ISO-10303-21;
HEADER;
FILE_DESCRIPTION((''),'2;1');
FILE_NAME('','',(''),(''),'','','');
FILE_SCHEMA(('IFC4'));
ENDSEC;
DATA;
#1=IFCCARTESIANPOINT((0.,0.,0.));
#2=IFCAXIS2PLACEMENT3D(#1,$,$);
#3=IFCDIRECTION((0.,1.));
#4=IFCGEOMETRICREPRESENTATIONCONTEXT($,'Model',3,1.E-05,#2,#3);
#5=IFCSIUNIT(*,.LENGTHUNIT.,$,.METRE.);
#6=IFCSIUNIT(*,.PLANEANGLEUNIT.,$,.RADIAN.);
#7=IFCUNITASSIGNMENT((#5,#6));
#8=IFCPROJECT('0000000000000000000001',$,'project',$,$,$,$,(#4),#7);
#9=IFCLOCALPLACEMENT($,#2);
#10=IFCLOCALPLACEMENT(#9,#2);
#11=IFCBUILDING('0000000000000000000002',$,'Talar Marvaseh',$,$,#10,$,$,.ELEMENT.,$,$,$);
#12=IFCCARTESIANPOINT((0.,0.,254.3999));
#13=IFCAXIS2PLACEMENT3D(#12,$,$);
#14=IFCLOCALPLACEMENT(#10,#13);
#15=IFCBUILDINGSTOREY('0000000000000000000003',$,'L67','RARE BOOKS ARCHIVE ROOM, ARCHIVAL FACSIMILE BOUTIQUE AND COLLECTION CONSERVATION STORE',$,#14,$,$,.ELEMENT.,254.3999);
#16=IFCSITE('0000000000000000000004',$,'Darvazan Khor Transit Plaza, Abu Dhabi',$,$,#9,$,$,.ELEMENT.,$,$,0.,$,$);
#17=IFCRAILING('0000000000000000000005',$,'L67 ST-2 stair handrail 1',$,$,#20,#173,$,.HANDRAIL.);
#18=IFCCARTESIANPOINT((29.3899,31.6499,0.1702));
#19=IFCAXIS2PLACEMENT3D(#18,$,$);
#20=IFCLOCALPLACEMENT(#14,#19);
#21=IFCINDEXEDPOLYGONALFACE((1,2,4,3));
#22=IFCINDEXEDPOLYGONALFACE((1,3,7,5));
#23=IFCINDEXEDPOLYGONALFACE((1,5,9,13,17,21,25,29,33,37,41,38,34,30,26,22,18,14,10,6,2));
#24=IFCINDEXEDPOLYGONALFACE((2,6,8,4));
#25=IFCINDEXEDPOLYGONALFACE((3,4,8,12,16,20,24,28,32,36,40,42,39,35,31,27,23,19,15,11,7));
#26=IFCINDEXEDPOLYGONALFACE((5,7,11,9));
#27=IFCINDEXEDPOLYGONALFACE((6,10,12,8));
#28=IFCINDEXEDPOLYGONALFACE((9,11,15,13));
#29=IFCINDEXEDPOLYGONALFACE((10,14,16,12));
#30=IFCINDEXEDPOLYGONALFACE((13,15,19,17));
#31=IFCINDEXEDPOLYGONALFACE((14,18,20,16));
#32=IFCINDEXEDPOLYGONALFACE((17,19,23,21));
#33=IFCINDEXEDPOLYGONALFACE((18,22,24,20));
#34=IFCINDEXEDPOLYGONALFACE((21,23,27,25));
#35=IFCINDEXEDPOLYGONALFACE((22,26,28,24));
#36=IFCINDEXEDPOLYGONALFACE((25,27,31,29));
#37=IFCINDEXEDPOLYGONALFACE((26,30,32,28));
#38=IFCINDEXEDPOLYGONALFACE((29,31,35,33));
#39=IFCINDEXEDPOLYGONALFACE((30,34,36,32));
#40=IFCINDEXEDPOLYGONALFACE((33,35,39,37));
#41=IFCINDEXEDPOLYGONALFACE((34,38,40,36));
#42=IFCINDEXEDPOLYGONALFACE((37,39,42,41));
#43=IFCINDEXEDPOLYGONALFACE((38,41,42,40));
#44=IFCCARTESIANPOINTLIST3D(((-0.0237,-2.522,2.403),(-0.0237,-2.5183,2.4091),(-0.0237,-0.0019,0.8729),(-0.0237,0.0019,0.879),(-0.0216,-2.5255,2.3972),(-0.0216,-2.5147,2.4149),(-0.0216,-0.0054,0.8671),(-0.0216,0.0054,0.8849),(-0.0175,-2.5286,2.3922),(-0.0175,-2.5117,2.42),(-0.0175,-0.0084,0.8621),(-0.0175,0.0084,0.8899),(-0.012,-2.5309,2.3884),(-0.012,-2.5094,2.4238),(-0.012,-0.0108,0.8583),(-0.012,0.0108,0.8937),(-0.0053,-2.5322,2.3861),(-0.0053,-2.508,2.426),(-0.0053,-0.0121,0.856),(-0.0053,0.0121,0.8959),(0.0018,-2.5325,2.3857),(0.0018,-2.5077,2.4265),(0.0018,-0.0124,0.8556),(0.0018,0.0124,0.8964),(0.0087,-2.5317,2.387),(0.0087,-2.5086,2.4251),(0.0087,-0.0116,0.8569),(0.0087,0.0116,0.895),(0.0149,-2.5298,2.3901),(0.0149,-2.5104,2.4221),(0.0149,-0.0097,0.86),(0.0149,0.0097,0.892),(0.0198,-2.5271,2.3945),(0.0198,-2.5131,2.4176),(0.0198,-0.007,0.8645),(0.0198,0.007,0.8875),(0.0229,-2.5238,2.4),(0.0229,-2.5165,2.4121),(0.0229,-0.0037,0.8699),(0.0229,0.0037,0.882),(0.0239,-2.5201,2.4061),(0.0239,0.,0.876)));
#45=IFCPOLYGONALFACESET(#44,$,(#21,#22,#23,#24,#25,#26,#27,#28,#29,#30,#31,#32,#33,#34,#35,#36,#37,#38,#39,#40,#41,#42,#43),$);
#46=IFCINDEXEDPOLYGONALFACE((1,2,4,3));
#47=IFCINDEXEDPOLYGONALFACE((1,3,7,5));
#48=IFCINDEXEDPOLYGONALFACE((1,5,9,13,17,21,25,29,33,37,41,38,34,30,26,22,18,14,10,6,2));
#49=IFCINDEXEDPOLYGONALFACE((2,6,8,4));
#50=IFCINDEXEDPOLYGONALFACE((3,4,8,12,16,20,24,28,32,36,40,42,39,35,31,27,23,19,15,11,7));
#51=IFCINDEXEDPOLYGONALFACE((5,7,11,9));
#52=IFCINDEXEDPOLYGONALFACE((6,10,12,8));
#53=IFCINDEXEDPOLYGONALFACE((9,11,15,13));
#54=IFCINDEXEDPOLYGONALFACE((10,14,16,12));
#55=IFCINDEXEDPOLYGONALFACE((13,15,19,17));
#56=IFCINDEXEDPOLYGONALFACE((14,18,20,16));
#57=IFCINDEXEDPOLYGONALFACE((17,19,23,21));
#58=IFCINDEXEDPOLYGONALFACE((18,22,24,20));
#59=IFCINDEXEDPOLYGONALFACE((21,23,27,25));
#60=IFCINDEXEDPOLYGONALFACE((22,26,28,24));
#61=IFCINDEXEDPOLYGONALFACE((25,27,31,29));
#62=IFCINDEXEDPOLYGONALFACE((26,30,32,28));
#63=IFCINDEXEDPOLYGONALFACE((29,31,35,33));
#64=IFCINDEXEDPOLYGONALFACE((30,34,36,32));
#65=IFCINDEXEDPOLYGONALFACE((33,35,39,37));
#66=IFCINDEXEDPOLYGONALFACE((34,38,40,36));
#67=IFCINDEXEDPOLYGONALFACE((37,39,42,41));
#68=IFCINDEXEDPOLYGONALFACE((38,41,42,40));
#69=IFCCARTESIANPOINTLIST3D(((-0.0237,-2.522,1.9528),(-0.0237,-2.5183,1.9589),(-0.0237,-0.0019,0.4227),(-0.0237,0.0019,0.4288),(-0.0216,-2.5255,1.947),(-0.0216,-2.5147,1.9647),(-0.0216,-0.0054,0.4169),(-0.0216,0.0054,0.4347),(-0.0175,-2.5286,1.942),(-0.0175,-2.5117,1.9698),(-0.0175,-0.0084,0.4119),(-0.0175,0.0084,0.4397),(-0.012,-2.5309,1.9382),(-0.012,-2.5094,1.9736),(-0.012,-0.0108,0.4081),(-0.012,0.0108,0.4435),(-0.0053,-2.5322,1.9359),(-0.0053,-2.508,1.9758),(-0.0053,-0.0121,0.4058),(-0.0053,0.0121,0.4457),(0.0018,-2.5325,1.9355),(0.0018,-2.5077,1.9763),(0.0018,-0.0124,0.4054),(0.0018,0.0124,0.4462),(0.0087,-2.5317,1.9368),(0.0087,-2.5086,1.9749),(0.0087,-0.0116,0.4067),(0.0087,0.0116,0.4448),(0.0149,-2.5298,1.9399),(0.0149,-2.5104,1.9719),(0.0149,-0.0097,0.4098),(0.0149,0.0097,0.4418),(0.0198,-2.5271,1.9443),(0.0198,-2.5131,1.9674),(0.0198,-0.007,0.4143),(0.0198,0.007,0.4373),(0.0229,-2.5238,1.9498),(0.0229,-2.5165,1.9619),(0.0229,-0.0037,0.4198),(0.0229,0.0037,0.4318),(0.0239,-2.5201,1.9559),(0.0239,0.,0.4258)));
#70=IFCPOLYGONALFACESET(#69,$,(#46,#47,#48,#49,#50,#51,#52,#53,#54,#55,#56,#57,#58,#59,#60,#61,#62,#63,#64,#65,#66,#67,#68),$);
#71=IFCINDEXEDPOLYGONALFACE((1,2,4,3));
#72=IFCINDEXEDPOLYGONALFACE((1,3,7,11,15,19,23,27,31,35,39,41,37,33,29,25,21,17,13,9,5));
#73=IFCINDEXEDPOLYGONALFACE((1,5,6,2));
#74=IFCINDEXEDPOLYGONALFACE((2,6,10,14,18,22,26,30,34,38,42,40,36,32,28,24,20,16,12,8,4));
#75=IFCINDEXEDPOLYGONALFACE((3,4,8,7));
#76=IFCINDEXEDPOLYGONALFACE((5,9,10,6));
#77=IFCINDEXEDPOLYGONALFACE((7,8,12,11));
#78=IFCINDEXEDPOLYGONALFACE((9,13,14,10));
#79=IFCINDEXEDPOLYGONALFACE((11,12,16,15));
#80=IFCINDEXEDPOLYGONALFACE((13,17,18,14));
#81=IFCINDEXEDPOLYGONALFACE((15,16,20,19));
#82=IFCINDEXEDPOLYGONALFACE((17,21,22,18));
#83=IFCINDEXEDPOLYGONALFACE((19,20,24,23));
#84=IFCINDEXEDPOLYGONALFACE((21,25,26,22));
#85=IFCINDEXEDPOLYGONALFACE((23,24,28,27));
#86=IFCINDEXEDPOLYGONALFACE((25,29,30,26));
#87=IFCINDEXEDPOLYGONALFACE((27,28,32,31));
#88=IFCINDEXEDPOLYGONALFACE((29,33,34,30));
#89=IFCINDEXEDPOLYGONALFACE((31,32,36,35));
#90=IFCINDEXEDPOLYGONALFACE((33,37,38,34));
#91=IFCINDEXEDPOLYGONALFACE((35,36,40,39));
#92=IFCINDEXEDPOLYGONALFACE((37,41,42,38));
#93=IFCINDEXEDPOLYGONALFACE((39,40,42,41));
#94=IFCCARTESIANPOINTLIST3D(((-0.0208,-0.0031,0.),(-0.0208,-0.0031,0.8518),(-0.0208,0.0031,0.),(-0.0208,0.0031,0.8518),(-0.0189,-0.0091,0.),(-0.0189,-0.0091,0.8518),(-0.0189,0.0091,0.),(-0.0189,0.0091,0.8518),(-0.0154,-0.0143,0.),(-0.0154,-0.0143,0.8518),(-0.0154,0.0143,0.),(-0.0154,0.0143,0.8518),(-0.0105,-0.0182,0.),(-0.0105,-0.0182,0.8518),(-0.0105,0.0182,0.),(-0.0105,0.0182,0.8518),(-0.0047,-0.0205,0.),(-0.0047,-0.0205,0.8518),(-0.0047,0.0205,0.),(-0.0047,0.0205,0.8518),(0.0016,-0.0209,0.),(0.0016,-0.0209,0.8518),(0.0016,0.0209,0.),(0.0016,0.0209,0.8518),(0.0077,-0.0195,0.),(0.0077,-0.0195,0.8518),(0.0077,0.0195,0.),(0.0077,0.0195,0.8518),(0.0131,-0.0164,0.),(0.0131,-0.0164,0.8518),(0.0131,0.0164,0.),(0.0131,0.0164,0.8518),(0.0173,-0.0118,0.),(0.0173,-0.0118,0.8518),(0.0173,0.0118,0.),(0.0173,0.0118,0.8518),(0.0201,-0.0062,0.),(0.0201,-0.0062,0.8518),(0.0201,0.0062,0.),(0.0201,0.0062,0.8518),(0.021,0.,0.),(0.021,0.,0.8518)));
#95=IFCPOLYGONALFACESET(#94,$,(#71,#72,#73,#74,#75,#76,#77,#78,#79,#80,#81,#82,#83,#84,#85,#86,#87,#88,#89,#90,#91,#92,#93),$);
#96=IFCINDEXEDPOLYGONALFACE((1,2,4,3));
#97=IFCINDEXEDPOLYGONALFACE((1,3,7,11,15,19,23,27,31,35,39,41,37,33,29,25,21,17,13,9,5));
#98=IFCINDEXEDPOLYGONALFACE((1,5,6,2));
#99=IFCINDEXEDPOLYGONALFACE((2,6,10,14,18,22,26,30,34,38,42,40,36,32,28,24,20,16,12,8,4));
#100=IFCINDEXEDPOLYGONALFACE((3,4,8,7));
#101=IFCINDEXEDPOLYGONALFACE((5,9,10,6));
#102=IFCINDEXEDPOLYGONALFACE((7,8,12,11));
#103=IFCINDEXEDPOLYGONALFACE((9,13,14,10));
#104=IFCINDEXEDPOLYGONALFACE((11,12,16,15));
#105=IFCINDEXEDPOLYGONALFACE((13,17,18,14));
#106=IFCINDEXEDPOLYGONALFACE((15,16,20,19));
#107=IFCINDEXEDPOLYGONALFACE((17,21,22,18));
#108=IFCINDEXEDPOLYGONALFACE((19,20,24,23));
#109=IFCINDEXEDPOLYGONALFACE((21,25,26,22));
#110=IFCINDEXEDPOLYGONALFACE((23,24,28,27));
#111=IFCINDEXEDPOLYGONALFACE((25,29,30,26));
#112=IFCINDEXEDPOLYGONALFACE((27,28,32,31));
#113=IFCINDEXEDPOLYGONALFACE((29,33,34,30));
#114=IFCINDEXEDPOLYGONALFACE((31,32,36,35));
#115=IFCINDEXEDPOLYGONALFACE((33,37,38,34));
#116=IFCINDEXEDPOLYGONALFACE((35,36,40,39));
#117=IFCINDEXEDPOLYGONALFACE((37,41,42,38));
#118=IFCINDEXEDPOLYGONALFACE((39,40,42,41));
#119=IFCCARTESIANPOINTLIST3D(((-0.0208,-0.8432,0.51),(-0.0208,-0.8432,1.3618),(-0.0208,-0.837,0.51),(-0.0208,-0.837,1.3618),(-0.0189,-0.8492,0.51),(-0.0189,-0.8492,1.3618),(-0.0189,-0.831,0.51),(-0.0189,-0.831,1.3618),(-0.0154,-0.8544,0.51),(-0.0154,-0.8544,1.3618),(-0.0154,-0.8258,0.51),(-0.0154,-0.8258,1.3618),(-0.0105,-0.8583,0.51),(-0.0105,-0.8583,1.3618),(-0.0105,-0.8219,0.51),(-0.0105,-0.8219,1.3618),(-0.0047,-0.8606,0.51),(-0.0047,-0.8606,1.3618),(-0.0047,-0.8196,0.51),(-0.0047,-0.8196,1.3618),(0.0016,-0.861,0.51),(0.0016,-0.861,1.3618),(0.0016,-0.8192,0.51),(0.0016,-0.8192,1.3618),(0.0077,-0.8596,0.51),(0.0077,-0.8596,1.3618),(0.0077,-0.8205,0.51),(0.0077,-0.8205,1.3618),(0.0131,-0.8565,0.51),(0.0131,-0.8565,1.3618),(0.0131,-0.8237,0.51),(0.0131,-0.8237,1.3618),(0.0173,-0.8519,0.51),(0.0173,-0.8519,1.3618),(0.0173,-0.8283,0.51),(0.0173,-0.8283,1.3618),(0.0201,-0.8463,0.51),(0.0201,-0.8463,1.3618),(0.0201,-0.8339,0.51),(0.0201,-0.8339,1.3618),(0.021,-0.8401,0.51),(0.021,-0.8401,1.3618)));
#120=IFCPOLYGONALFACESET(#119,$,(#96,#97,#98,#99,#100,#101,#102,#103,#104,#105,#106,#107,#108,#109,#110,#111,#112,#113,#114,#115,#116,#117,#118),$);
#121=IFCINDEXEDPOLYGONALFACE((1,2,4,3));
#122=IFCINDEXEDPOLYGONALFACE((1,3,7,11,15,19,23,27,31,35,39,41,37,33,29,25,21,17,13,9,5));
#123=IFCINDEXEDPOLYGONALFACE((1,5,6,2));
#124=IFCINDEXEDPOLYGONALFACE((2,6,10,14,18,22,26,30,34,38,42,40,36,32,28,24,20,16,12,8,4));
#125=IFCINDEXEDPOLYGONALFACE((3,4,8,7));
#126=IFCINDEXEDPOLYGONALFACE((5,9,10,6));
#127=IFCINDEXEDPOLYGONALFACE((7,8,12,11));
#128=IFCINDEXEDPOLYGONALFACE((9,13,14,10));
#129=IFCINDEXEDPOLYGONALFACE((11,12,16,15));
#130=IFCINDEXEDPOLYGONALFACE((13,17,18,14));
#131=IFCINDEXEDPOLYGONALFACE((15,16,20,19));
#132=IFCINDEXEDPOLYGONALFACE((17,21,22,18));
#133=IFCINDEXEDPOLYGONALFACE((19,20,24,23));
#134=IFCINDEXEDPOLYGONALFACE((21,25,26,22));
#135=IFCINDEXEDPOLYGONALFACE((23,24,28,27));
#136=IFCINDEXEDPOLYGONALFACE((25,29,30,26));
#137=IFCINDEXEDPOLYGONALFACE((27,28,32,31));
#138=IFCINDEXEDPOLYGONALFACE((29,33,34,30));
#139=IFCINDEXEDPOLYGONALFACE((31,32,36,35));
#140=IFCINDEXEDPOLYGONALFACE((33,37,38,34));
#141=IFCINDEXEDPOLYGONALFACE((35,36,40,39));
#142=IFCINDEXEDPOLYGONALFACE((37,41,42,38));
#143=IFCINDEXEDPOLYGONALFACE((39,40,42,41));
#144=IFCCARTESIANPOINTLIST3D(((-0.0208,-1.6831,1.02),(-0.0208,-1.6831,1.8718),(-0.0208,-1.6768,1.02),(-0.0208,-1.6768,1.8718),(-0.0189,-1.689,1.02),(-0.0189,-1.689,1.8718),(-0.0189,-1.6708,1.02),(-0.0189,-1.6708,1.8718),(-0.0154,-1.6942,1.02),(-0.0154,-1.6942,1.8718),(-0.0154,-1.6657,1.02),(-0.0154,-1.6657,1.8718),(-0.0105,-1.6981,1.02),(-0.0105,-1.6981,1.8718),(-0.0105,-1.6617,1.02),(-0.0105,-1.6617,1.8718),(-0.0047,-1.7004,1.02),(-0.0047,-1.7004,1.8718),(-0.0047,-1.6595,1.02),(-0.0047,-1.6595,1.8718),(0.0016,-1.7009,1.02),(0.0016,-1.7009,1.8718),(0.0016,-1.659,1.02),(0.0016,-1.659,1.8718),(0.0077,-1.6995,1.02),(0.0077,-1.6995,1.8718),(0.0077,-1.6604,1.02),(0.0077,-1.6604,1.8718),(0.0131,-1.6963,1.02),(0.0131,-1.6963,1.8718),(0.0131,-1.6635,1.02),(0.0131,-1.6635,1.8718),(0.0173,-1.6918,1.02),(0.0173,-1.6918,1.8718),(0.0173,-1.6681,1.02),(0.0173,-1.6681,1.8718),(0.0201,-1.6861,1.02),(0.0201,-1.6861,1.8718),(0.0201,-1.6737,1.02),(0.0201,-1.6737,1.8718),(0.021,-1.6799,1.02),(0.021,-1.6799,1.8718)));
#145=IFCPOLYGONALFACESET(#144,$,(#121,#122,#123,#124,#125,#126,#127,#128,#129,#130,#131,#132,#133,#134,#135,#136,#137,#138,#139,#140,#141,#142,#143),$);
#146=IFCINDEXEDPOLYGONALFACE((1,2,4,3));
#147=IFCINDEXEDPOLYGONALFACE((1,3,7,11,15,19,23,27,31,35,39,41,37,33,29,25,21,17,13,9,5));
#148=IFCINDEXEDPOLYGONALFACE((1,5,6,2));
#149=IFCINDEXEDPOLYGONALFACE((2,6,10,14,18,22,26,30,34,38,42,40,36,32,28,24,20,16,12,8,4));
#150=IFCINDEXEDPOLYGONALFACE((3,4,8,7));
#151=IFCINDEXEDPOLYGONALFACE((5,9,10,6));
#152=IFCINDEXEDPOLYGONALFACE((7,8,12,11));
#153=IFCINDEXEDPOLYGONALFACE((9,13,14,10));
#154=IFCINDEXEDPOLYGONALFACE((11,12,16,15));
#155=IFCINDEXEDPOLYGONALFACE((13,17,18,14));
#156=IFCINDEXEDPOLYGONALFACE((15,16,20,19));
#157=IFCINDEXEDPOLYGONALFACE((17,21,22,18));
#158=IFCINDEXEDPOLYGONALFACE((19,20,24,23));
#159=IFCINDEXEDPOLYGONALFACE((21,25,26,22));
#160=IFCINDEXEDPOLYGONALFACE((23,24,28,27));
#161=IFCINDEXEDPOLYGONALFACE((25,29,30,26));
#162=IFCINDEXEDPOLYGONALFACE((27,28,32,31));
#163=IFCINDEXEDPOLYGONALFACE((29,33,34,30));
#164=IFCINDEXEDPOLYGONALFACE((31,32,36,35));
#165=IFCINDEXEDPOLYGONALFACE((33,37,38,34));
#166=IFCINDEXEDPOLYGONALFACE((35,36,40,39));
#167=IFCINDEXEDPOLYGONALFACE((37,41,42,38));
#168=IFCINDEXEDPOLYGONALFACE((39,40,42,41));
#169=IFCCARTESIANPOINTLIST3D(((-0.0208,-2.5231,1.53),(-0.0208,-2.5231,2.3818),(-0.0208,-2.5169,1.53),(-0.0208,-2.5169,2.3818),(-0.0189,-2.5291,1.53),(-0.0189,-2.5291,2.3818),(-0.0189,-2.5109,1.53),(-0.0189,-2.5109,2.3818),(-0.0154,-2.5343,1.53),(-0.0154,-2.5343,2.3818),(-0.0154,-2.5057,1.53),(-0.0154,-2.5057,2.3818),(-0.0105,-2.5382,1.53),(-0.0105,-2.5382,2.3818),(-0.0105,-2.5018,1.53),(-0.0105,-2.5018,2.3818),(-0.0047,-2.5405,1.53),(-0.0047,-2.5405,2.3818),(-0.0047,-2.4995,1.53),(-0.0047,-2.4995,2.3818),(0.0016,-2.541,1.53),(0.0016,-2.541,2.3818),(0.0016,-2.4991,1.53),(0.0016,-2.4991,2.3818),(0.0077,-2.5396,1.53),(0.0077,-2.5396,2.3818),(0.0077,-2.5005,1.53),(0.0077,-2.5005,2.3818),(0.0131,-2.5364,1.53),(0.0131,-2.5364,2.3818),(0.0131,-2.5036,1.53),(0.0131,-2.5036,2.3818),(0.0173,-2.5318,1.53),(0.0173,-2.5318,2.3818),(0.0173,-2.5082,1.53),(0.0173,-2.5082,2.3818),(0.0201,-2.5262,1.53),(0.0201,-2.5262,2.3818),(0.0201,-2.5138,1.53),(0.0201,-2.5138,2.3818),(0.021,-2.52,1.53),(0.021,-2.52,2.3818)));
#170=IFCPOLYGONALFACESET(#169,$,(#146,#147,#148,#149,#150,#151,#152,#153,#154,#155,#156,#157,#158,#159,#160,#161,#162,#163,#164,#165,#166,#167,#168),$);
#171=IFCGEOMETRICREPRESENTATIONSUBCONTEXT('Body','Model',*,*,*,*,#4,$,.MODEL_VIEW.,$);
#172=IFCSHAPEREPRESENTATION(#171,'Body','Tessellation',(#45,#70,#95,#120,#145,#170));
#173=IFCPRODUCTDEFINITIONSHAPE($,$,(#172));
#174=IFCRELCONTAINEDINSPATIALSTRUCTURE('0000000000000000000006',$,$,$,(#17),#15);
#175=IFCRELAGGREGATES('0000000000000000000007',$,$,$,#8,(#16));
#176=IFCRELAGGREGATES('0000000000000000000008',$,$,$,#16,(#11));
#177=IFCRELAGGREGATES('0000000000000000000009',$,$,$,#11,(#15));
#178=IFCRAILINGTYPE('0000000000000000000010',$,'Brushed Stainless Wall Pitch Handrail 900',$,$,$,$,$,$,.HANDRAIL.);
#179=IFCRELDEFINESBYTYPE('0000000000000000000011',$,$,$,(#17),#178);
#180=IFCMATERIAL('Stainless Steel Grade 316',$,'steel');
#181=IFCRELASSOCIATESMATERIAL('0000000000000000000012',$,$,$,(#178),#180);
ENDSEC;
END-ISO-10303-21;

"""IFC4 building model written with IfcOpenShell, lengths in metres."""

from ifc_helpers import new_model, si_unit, direction, frame, origin, origin_2d, place, context, subcontext, project, spatial, circle, extrude, material, type_object, element, save


model = new_model("IFC4")

# Units and contexts
model_context = context("Model", 3, precision=1e-05, world=origin(), true_north=direction((0.0, 1.0)))
body_context = subcontext(model_context, "Body", "Model", "MODEL_VIEW")
ifc_project = project(units=[si_unit("LENGTHUNIT", "METRE"), si_unit("PLANEANGLEUNIT", "RADIAN")], contexts=[model_context])

# Site, building, storey
site_placement = place(None, origin())
site = spatial("IfcSite", under=ifc_project, at=site_placement, Name="Darvazan Khor Transit Plaza, Abu Dhabi", CompositionType="ELEMENT", RefElevation=0.0)
building_placement = place(site_placement, origin())
building = spatial("IfcBuilding", under=site, at=building_placement, Name="Talar Marvaseh", CompositionType="ELEMENT")
storey_placement = place(building_placement, frame((0.0, 0.0, 254.3999)))
storey = spatial("IfcBuildingStorey", under=building, at=storey_placement, Name="L67", Description="RARE BOOKS ARCHIVE ROOM, ARCHIVAL FACSIMILE BOUTIQUE AND COLLECTION CONSERVATION STORE", CompositionType="ELEMENT", Elevation=254.3999)

# Shared definitions
ifc_material_1 = material(Name="Stainless Steel Grade 316", Category="steel")

# Railing
railing_type_1 = type_object("IfcRailingType", Name="Brushed Stainless Wall Pitch Handrail 900", PredefinedType="HANDRAIL", material=ifc_material_1)
railing_1_placement = place(storey_placement, frame((29.3899, 31.6499, 0.1702)))
element("IfcRailing", 1, at=railing_1_placement, inside=storey, type_object=railing_type_1, Name="L67 ST-2 stair handrail 1", PredefinedType="HANDRAIL", context=body_context, shape_type="SweptSolid", body=[
    extrude(circle(Radius=0.0239, at=origin_2d()), frame((0.0, 0.0, 0.876), z_axis=(0.0, -0.854785, 0.518982), x_axis=(1.0, 0.0, 0.0)), (0.0, 0.0, 1.0), 2.9482),
    extrude(circle(Radius=0.0239, at=origin_2d()), frame((0.0, 0.0, 0.4258), z_axis=(0.0, -0.854785, 0.518982), x_axis=(1.0, 0.0, 0.0)), (0.0, 0.0, 1.0), 2.9482),
    extrude(circle(Radius=0.021, at=origin_2d()), origin(), (0.0, 0.0, 1.0), 0.8518),
    extrude(circle(Radius=0.021, at=origin_2d()), frame((0.0, -0.8401, 0.51)), (0.0, 0.0, 1.0), 0.8518),
    extrude(circle(Radius=0.021, at=origin_2d()), frame((0.0, -1.6799, 1.02)), (0.0, 0.0, 1.0), 0.8518),
    extrude(circle(Radius=0.021, at=origin_2d()), frame((0.0, -2.52, 1.53)), (0.0, 0.0, 1.0), 0.8518),
])

save(model, "model.ifc")
